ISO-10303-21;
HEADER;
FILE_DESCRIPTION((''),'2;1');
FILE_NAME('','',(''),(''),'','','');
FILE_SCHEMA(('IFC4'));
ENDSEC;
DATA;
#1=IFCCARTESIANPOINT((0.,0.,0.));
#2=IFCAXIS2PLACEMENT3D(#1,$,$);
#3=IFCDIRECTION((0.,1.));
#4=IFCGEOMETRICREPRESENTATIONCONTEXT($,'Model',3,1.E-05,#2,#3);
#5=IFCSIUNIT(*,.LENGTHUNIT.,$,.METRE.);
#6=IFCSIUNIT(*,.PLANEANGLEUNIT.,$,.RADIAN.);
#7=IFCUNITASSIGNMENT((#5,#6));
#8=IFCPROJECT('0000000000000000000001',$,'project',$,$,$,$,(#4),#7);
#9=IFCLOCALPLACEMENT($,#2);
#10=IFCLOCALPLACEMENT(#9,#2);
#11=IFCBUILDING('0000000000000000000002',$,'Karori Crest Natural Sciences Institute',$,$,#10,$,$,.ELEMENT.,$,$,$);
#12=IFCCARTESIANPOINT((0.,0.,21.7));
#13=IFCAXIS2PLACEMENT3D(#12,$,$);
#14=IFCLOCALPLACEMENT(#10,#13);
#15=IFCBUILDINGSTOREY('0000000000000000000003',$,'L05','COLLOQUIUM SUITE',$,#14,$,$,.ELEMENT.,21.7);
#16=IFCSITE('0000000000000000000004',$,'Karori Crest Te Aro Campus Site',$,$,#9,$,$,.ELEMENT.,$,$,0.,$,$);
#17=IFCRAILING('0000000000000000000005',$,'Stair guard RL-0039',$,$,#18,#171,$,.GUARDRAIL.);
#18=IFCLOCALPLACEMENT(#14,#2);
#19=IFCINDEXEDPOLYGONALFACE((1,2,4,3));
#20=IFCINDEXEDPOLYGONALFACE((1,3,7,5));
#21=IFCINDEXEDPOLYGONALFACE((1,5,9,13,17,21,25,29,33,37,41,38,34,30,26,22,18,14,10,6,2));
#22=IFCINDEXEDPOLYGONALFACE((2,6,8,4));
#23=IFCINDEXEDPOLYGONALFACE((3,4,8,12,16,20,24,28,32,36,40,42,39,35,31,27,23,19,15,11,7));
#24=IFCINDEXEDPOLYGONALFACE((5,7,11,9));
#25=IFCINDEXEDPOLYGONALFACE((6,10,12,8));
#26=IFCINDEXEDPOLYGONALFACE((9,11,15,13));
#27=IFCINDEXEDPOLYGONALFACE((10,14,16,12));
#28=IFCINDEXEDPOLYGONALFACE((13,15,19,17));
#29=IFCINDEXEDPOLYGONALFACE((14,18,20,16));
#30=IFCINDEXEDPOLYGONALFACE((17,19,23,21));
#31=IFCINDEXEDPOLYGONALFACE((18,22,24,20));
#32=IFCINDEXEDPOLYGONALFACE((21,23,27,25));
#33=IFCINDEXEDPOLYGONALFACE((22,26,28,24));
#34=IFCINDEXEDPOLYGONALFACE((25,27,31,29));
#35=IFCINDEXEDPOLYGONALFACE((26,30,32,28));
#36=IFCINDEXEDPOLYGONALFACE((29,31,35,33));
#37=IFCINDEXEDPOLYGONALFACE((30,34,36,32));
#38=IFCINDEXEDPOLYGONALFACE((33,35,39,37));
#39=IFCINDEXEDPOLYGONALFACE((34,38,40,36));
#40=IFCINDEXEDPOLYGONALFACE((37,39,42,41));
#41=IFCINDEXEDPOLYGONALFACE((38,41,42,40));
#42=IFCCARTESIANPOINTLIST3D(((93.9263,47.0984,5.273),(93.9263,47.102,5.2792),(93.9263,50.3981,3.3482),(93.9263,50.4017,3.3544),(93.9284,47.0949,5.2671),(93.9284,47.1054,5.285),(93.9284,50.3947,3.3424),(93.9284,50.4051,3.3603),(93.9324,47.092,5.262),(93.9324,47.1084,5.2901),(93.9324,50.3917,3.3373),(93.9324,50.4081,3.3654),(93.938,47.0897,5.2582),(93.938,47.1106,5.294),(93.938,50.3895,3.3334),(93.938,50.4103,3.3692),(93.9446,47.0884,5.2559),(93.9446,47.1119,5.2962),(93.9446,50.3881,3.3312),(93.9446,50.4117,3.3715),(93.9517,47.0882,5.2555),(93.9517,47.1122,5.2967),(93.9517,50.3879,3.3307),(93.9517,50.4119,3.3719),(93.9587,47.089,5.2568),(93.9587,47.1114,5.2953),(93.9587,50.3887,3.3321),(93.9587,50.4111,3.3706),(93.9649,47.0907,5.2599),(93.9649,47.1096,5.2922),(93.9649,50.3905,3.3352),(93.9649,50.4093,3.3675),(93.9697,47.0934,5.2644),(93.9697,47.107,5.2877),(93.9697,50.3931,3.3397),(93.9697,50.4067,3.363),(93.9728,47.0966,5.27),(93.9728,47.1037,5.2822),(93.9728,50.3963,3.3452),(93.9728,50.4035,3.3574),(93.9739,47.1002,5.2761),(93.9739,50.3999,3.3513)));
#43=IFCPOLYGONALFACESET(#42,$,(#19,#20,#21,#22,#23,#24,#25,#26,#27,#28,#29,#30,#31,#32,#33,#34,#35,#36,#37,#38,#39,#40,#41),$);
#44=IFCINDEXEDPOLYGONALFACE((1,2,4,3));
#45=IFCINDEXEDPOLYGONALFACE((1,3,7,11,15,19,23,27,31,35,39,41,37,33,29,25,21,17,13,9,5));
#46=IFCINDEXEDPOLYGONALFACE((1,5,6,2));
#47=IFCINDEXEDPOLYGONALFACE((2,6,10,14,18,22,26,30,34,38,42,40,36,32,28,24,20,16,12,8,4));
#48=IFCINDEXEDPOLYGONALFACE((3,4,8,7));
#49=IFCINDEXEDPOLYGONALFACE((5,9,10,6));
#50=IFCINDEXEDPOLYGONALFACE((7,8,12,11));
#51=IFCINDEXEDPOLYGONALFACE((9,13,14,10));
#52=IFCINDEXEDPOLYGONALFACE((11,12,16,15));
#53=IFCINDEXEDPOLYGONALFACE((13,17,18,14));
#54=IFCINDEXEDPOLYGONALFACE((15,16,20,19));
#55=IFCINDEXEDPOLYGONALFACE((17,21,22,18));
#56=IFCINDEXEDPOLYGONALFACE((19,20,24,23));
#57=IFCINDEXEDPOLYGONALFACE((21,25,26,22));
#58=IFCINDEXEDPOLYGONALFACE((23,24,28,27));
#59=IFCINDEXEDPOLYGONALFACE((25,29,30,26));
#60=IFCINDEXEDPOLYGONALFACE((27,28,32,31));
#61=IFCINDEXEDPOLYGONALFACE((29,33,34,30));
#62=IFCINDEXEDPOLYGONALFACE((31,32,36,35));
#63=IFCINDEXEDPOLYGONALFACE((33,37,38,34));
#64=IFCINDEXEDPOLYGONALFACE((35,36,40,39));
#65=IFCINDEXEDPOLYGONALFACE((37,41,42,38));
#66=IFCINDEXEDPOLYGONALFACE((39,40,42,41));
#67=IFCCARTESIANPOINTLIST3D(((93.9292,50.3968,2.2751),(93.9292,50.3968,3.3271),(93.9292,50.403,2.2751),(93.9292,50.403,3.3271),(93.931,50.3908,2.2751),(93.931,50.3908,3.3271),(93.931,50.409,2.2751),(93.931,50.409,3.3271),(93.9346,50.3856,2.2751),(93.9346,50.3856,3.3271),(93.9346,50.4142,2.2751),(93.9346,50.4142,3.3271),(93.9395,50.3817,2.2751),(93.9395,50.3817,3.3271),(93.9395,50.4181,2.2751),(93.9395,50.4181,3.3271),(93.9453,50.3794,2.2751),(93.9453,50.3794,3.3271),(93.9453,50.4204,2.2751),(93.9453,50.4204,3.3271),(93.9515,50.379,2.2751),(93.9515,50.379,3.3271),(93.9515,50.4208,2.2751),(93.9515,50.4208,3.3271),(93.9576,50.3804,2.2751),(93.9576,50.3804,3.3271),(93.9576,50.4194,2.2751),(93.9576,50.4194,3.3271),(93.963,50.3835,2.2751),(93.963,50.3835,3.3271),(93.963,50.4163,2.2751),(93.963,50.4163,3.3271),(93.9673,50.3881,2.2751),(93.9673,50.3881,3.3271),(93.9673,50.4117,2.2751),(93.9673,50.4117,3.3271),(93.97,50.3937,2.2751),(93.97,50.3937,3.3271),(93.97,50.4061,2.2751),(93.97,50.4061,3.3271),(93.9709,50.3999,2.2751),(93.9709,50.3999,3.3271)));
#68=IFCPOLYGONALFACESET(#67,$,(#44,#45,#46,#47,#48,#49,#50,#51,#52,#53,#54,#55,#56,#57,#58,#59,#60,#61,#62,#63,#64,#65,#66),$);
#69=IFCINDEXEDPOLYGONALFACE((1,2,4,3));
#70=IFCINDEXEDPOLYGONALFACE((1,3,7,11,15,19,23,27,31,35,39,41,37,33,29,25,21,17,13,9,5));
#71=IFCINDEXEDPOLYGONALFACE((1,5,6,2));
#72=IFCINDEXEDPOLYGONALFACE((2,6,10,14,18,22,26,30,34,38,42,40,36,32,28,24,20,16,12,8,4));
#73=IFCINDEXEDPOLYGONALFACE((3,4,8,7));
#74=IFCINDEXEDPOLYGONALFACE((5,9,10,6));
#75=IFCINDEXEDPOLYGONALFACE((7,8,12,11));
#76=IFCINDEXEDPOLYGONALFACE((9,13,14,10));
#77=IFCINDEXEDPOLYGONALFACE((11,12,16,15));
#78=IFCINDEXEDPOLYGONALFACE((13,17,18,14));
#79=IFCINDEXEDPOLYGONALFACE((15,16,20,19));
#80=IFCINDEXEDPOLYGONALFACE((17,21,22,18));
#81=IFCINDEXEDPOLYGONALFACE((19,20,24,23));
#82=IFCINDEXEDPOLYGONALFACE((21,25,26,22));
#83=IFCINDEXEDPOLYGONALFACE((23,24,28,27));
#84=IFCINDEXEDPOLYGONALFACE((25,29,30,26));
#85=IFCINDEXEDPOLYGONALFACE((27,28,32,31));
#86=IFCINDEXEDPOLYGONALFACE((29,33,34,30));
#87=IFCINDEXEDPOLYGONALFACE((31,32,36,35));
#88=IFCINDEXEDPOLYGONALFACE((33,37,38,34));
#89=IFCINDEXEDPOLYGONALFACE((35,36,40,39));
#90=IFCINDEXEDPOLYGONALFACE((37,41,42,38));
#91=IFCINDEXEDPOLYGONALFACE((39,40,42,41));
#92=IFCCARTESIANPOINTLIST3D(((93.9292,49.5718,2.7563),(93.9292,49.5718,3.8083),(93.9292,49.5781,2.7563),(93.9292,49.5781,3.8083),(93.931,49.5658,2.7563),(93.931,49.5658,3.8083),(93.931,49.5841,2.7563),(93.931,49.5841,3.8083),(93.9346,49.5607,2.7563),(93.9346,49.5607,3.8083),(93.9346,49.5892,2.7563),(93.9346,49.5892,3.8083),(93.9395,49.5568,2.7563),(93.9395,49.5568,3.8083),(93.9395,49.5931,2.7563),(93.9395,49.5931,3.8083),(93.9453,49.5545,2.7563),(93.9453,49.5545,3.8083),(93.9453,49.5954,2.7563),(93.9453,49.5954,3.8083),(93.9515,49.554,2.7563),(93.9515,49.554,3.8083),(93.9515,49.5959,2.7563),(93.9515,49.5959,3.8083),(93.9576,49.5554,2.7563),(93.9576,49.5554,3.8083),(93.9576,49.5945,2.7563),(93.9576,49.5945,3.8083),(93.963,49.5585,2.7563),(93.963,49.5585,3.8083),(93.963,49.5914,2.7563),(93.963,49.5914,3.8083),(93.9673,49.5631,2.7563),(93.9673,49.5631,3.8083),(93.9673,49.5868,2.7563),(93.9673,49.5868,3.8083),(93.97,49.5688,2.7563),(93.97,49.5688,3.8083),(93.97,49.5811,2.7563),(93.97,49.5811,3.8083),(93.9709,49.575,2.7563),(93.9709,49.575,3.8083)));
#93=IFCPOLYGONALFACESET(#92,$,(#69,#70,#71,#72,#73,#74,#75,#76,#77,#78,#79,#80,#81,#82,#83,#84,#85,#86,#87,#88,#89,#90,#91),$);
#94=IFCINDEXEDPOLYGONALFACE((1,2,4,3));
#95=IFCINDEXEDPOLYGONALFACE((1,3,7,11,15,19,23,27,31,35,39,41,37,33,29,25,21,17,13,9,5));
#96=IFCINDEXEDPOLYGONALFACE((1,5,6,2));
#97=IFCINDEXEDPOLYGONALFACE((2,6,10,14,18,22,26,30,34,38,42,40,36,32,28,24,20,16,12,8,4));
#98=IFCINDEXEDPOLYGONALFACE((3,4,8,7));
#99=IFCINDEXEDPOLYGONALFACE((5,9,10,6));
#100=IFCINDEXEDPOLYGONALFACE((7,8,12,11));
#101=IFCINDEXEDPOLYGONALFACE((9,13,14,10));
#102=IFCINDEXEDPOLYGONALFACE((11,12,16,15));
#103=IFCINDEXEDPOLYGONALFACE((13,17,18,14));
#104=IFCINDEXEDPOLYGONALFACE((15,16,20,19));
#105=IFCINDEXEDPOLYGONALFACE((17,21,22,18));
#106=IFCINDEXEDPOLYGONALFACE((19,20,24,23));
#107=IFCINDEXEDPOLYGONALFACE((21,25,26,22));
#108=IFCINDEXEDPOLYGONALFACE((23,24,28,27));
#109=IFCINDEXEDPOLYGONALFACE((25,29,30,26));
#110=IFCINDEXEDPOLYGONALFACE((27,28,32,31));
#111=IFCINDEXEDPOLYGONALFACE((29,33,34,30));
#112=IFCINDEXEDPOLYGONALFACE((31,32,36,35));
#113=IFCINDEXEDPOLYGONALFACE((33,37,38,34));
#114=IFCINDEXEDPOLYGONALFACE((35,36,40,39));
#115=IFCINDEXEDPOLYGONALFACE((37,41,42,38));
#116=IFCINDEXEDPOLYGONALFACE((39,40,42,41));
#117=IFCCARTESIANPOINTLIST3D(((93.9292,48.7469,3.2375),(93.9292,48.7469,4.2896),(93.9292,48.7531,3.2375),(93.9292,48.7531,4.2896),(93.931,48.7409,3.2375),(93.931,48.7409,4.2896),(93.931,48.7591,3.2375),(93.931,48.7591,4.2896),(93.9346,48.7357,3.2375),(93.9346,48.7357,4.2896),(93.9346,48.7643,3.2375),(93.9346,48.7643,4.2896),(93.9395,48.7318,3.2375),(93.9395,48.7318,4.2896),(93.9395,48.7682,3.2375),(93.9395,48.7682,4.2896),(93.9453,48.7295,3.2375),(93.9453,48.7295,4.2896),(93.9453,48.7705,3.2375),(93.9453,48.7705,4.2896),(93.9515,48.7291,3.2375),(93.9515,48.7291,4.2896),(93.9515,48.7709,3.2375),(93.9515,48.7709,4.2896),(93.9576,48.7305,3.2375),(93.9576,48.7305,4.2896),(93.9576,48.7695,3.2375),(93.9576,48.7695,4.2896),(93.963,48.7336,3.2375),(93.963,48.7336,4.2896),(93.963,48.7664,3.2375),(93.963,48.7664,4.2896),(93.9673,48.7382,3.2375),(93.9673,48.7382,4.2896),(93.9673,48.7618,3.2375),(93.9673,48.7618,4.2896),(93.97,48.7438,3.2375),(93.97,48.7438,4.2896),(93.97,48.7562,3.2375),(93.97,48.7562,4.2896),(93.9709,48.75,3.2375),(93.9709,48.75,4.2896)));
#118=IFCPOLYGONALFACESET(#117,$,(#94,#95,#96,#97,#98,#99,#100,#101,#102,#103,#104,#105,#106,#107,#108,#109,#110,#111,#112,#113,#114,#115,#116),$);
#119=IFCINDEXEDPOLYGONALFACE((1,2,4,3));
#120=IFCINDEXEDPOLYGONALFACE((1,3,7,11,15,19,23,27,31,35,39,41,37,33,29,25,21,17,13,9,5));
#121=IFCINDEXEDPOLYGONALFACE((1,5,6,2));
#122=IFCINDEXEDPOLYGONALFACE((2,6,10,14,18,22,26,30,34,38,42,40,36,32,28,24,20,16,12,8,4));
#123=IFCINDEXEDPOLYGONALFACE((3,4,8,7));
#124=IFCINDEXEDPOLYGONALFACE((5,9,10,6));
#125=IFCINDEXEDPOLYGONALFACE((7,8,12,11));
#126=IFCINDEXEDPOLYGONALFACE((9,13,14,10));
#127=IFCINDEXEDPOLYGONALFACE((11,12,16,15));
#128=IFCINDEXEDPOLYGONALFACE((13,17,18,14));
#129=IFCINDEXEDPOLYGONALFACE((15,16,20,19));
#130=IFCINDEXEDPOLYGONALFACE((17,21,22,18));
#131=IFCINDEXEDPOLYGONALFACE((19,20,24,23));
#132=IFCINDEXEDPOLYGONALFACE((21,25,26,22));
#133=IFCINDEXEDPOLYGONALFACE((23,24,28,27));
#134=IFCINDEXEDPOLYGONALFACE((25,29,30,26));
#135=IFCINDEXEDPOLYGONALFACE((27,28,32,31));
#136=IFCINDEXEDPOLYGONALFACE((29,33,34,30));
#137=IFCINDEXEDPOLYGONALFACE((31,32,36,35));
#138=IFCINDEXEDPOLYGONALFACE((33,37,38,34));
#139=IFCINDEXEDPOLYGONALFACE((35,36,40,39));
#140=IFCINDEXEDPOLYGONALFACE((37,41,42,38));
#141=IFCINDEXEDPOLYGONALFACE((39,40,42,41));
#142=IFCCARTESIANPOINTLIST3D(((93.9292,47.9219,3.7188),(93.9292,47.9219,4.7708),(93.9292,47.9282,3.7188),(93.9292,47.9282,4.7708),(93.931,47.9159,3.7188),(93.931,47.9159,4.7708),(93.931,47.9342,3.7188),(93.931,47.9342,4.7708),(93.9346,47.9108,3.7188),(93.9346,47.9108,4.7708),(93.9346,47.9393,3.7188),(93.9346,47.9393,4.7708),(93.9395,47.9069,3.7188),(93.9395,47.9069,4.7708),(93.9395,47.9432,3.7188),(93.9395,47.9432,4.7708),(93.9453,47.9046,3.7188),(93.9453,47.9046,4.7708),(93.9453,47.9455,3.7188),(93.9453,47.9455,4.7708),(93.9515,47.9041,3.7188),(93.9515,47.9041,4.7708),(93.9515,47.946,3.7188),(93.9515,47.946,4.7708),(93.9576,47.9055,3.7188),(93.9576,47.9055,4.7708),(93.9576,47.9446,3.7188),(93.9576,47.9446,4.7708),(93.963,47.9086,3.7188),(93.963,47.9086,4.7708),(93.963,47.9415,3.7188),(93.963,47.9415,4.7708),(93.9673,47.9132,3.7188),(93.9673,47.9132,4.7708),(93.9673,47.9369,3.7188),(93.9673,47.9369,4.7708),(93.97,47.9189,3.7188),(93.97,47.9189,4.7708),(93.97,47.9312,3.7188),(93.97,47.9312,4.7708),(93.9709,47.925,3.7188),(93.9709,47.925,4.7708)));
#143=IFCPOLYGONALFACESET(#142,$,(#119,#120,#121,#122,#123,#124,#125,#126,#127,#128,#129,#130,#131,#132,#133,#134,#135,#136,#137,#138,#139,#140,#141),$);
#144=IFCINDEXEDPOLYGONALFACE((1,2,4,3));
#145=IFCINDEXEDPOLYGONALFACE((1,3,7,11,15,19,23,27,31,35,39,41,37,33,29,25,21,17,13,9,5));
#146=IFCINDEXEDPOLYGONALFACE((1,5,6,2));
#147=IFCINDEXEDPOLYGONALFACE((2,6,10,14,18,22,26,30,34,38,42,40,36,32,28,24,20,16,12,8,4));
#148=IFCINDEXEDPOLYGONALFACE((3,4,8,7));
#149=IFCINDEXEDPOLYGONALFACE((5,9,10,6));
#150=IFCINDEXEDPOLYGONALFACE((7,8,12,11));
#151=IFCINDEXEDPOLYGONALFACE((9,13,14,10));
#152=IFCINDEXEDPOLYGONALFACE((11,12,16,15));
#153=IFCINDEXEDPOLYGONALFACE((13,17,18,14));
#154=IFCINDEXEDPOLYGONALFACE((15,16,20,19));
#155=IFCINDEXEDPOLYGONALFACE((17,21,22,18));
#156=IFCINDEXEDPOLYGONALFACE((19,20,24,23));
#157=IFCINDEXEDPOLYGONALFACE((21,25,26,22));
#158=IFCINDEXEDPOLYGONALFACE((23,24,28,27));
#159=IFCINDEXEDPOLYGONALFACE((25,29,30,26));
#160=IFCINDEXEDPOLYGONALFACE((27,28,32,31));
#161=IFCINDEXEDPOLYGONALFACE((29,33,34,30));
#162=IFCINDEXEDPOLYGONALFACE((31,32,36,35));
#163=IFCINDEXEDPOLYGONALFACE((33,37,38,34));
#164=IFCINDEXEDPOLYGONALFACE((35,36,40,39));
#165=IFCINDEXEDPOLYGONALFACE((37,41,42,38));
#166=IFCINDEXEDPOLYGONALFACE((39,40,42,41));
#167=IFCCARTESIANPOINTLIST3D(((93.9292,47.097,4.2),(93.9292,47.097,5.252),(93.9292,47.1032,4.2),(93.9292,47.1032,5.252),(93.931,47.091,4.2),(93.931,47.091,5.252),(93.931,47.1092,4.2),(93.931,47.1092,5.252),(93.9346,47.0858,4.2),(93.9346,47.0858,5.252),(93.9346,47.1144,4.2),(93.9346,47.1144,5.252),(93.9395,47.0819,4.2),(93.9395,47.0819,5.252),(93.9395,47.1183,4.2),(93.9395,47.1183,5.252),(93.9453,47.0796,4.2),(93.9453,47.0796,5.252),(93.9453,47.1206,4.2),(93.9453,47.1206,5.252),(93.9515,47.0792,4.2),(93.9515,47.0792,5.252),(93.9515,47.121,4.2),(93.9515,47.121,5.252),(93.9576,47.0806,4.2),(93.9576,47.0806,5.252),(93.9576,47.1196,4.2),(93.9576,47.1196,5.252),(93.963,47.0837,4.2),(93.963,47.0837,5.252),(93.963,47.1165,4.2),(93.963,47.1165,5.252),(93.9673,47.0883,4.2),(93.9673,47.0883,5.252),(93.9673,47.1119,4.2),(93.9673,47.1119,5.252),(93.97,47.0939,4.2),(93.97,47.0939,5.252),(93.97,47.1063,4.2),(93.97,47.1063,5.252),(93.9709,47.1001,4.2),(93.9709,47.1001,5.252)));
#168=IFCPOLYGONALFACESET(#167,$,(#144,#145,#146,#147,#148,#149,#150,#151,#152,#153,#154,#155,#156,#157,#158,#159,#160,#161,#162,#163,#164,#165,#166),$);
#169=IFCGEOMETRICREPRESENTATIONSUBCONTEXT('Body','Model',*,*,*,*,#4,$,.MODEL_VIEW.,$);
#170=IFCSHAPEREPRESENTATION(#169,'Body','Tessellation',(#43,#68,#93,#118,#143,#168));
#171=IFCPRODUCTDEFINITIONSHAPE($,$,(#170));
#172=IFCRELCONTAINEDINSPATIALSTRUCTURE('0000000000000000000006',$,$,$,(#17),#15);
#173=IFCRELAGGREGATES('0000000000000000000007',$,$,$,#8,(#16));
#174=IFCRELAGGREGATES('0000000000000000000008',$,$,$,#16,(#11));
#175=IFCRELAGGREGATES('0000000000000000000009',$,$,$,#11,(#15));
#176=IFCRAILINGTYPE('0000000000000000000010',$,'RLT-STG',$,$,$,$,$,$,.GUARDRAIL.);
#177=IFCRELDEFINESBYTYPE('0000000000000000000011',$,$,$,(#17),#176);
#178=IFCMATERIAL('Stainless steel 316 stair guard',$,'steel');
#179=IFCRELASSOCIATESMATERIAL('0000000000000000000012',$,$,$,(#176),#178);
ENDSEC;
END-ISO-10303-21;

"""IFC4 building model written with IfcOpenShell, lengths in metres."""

from ifc_helpers import new_model, si_unit, direction, frame, origin, origin_2d, place, context, subcontext, project, spatial, circle, extrude, material, type_object, element, save


model = new_model("IFC4")

# Units and contexts
model_context = context("Model", 3, precision=1e-05, world=origin(), true_north=direction((0.0, 1.0)))
body_context = subcontext(model_context, "Body", "Model", "MODEL_VIEW")
ifc_project = project(units=[si_unit("LENGTHUNIT", "METRE"), si_unit("PLANEANGLEUNIT", "RADIAN")], contexts=[model_context])

# Site, building, storey
site_placement = place(None, origin())
site = spatial("IfcSite", under=ifc_project, at=site_placement, Name="Karori Crest Te Aro Campus Site", CompositionType="ELEMENT", RefElevation=0.0)
building_placement = place(site_placement, origin())
building = spatial("IfcBuilding", under=site, at=building_placement, Name="Karori Crest Natural Sciences Institute", CompositionType="ELEMENT")
storey_placement = place(building_placement, frame((0.0, 0.0, 21.7)))
storey = spatial("IfcBuildingStorey", under=building, at=storey_placement, Name="L05", Description="COLLOQUIUM SUITE", CompositionType="ELEMENT", Elevation=21.7)

# Railing
ifc_material_1 = material(Name="Stainless steel 316 stair guard", Category="steel")
railing_type = type_object("IfcRailingType", Name="RLT-STG", PredefinedType="GUARDRAIL", material=ifc_material_1)
railing_1_placement = place(storey_placement, frame((93.95, 50.3999, 2.2751)))
element("IfcRailing", 1, at=railing_1_placement, inside=storey, type_object=railing_type, Name="Stair guard RL-0039", PredefinedType="GUARDRAIL", context=body_context, shape_type="SweptSolid", body=[
    extrude(circle(Radius=0.0239, at=origin_2d()), frame((0.0, 0.0, 1.0762), z_axis=(0.0, -0.863788, 0.503855), x_axis=(1.0, 0.0, 0.0)), (0.0, 0.0, 1.0), 3.8201),
    extrude(circle(Radius=0.021, at=origin_2d()), origin(), (0.0, 0.0, 1.0), 1.052),
    extrude(circle(Radius=0.021, at=origin_2d()), frame((0.0, -0.825, 0.4812)), (0.0, 0.0, 1.0), 1.052),
    extrude(circle(Radius=0.021, at=origin_2d()), frame((0.0, -1.6499, 0.9624)), (0.0, 0.0, 1.0), 1.052),
    extrude(circle(Radius=0.021, at=origin_2d()), frame((0.0, -2.4749, 1.4436)), (0.0, 0.0, 1.0), 1.052),
    extrude(circle(Radius=0.021, at=origin_2d()), frame((0.0, -3.2998, 1.9248)), (0.0, 0.0, 1.0), 1.052),
])

save(model, "model.ifc")
